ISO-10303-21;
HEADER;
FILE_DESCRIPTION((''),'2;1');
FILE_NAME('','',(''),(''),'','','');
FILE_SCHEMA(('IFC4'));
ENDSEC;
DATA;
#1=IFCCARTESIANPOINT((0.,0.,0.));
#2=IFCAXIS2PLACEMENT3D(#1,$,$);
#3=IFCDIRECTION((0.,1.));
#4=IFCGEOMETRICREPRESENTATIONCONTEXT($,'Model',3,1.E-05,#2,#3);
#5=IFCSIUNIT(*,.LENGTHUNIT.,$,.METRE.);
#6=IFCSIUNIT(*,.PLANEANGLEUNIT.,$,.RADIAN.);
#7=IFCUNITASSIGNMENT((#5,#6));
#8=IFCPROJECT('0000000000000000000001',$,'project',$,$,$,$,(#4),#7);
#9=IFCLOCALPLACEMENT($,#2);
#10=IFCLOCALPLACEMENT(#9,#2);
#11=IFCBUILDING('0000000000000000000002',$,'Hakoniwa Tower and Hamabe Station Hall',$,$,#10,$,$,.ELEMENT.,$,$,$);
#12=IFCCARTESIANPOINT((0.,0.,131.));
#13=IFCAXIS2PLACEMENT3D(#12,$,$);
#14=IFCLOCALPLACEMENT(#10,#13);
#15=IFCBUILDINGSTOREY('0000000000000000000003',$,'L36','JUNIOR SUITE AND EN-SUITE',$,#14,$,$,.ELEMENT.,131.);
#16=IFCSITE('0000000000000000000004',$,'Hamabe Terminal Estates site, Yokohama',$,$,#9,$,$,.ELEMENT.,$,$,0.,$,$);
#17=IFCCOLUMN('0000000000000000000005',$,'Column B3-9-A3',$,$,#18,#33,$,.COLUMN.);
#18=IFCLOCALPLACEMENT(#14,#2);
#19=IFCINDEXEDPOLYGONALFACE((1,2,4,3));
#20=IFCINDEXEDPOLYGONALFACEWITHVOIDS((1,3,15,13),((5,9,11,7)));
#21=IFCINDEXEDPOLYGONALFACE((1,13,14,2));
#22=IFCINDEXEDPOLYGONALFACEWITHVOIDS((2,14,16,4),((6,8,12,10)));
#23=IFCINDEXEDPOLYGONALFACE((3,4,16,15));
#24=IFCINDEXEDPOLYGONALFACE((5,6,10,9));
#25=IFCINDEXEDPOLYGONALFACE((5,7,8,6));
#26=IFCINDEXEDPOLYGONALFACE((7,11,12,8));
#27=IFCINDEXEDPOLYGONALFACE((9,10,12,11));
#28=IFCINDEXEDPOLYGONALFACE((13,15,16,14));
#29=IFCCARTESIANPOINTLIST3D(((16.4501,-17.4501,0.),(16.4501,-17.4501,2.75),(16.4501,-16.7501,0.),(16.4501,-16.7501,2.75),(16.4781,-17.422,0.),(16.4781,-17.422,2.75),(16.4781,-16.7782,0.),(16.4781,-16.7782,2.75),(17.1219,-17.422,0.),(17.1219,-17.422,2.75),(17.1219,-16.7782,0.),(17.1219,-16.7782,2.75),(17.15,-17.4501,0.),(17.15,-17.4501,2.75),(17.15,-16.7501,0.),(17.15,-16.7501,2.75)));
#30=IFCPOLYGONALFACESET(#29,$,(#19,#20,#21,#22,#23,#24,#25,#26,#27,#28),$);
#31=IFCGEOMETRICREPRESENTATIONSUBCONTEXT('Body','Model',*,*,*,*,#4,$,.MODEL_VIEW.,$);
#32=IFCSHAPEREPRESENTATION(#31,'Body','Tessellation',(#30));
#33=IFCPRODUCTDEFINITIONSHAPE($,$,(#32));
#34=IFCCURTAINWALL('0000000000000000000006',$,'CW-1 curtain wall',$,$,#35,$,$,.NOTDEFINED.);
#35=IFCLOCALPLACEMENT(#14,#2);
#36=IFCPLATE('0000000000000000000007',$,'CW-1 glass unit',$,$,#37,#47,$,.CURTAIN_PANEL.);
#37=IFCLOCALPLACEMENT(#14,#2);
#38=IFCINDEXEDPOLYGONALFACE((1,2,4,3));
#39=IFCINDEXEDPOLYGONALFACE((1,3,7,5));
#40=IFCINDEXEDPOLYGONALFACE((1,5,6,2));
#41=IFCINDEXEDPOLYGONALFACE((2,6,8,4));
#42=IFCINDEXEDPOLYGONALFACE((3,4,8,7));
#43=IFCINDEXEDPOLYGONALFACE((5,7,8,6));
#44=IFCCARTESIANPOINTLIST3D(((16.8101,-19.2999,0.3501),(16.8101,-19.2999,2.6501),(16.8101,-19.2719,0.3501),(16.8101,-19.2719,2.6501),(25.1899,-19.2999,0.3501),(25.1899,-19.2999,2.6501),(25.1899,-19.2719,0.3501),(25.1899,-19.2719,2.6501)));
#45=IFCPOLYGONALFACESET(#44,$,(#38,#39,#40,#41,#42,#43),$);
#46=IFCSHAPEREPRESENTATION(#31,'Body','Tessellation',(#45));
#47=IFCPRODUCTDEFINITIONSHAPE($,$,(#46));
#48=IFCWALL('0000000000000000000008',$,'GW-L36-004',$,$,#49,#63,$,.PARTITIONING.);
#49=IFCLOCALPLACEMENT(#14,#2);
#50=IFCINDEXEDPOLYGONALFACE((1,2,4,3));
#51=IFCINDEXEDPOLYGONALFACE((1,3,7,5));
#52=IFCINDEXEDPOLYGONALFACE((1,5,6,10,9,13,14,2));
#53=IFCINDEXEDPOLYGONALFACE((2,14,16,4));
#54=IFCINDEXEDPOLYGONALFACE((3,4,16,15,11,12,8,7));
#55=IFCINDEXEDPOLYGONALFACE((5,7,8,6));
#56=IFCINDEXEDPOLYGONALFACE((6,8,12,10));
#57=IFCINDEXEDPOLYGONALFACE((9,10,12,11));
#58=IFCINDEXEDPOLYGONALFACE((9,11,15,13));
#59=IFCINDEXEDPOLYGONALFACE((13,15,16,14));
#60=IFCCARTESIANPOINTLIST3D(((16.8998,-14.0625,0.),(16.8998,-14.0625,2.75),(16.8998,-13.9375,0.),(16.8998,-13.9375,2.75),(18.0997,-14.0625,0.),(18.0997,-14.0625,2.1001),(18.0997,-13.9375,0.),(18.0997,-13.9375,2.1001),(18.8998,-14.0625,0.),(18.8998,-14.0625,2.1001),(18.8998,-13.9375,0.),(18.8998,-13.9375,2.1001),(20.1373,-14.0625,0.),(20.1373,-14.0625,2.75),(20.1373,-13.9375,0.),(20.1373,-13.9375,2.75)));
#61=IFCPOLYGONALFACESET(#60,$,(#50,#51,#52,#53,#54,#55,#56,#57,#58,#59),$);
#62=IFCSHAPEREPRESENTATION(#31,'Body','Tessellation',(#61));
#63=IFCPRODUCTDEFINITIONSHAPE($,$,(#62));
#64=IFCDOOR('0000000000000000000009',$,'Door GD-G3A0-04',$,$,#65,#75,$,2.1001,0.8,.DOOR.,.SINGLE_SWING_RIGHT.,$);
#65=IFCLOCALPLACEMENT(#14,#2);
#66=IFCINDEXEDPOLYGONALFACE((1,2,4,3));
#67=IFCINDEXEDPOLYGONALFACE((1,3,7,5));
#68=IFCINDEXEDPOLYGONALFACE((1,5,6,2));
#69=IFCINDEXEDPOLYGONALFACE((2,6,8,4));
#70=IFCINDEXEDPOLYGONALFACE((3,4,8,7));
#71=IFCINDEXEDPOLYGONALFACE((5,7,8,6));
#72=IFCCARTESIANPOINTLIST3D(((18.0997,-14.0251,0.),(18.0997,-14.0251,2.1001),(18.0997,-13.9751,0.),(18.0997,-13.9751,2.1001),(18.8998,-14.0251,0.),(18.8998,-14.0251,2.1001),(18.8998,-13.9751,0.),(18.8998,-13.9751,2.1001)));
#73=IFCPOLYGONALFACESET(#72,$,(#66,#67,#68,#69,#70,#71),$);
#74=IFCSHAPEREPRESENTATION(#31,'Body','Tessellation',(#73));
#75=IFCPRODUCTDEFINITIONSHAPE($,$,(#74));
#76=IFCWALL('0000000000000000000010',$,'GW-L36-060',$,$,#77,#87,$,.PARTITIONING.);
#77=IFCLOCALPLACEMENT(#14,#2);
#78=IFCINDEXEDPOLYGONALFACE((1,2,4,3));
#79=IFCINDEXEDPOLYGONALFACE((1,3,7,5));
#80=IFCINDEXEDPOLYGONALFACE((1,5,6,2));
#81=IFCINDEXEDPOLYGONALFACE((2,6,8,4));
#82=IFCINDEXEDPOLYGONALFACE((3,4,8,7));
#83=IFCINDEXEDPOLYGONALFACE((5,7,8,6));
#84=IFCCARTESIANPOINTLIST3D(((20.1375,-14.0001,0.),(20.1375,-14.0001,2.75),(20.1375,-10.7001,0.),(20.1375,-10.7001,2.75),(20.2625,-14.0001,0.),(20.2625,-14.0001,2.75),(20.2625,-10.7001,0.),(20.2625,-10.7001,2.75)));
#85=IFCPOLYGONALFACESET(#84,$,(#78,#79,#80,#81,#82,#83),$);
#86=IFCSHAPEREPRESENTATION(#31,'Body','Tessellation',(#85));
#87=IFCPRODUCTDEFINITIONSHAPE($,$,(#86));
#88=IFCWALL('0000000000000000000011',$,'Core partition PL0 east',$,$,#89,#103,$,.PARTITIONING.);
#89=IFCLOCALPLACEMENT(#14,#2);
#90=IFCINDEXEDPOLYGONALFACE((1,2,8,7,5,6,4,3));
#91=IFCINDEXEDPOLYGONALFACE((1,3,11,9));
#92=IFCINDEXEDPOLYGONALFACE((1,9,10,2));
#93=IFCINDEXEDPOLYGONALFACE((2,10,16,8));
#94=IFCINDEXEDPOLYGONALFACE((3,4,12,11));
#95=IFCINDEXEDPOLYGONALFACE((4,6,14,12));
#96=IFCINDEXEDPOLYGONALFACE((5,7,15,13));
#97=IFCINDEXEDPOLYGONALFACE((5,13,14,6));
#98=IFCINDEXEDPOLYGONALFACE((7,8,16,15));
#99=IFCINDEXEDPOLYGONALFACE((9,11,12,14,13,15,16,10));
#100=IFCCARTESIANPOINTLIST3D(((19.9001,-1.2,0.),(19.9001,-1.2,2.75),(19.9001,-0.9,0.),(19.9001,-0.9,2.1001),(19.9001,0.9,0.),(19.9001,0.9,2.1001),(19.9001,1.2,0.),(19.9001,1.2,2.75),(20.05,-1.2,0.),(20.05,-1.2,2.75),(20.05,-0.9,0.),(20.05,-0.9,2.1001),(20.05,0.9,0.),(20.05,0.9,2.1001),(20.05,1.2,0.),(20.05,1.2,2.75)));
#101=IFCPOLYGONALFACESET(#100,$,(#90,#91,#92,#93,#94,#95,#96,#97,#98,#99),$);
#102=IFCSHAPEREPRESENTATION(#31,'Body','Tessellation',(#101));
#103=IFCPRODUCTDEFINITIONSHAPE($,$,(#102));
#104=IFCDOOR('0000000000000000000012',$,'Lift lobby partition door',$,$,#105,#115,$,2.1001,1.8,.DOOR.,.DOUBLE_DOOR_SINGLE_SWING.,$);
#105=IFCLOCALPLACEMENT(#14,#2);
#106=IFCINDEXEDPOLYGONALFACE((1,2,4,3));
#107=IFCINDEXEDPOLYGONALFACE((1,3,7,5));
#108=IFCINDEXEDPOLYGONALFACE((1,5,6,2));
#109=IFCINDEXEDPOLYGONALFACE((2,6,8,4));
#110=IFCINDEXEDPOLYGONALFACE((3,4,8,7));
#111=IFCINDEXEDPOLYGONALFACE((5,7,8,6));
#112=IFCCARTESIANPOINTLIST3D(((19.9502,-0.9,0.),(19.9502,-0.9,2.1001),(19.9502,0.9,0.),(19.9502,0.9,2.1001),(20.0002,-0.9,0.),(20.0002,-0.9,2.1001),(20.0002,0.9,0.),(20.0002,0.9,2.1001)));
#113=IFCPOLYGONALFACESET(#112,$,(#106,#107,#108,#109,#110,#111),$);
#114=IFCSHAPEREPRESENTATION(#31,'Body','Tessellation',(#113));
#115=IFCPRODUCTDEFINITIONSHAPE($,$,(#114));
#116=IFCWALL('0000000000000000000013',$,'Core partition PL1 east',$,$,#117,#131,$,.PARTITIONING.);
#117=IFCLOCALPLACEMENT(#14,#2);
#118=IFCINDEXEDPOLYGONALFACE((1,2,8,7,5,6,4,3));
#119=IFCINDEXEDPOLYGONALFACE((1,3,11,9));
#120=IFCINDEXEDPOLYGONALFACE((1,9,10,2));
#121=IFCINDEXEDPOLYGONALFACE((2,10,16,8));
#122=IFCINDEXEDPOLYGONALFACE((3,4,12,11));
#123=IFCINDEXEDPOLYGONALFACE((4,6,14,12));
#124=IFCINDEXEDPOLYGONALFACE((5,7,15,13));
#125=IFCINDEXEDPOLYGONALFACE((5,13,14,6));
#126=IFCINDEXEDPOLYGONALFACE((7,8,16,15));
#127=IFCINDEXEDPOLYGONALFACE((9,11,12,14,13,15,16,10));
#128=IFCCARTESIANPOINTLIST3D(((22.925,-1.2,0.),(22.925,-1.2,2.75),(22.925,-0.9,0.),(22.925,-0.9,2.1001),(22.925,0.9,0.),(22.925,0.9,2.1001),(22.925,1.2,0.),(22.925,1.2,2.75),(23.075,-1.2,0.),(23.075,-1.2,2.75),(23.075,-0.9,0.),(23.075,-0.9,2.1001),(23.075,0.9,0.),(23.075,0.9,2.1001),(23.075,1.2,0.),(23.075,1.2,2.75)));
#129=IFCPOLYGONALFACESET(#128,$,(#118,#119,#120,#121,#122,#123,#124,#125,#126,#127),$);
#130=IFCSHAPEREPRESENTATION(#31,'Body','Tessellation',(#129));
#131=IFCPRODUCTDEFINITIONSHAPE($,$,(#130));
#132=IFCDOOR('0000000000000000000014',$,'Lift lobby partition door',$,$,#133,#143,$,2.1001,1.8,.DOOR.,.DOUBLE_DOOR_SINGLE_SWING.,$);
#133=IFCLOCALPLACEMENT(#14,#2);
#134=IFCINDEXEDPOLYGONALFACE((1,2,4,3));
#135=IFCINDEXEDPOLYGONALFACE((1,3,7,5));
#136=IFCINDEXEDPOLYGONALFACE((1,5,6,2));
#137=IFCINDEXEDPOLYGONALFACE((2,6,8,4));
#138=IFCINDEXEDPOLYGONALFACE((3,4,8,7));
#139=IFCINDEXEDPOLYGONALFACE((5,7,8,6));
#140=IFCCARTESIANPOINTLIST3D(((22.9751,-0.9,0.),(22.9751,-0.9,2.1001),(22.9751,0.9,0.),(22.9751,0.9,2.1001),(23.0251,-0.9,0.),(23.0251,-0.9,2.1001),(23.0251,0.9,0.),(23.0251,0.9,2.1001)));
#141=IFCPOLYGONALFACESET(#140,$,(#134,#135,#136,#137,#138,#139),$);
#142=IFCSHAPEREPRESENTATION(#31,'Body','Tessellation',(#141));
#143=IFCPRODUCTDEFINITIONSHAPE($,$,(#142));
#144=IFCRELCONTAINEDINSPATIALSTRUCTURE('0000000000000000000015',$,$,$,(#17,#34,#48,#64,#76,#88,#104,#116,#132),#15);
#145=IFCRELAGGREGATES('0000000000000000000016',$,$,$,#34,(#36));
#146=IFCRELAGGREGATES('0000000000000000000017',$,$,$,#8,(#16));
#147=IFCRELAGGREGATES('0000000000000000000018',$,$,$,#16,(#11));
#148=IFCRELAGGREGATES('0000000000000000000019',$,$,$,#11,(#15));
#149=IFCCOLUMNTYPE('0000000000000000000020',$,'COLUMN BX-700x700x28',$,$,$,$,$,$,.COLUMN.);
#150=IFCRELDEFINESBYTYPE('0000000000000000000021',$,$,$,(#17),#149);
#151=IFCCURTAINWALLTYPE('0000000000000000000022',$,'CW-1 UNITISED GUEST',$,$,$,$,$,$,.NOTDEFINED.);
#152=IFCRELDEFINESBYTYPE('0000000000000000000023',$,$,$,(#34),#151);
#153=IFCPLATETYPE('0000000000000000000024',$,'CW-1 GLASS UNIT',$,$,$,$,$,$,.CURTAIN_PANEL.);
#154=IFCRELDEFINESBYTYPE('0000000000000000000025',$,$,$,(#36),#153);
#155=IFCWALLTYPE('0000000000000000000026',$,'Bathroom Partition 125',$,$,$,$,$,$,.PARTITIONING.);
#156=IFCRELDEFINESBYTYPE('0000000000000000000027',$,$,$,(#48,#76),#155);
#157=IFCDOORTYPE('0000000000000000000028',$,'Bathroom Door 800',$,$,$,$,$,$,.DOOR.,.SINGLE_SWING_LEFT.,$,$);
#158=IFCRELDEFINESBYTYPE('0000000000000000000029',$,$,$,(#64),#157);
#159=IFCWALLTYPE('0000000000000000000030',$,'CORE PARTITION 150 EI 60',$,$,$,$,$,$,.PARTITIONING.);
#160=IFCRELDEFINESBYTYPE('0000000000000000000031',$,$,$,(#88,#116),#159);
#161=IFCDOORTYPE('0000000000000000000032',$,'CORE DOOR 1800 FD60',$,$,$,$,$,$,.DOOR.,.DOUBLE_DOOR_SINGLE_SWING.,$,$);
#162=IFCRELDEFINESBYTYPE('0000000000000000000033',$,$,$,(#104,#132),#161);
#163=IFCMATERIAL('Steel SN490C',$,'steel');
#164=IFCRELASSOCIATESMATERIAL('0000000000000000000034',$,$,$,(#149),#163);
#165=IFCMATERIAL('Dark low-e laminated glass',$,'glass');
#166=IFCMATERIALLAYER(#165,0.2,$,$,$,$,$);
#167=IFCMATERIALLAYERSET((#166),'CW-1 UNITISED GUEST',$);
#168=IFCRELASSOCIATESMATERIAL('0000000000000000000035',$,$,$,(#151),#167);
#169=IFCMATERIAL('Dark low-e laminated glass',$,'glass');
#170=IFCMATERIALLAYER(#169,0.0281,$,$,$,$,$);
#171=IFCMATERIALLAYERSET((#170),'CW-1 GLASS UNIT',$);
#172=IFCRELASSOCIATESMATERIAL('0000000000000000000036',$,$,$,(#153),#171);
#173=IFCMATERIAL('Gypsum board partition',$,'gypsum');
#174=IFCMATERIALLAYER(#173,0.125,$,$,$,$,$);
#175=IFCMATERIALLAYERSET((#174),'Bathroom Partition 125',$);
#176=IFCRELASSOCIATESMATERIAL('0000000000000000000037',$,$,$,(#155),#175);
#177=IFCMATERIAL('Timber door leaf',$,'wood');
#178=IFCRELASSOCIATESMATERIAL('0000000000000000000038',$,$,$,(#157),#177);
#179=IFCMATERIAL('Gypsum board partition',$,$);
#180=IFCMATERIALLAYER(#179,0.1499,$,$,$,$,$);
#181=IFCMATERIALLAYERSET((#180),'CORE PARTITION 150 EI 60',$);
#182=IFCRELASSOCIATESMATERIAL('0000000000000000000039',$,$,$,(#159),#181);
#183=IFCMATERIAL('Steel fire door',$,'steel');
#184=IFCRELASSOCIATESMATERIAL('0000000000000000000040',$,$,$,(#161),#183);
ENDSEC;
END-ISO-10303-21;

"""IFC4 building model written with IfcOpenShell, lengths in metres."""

from ifc_helpers import new_model, si_unit, direction, frame, frame_2d, origin, origin_2d, place, context, subcontext, project, spatial, rectangle, hollow_rectangle, extrude, material, layer, layer_set, material_profile, profile_set, type_object, element, fill, aggregate, save


model = new_model("IFC4")

# Units and contexts
model_context = context("Model", 3, precision=1e-05, world=origin(), true_north=direction((0.0, 1.0)))
body_context = subcontext(model_context, "Body", "Model", "MODEL_VIEW")
ifc_project = project(units=[si_unit("LENGTHUNIT", "METRE"), si_unit("PLANEANGLEUNIT", "RADIAN")], contexts=[model_context])

# Site, building, storey
site_placement = place(None, origin())
site = spatial("IfcSite", under=ifc_project, at=site_placement, Name="Hamabe Terminal Estates site, Yokohama", CompositionType="ELEMENT", RefElevation=0.0)
building_placement = place(site_placement, origin())
building = spatial("IfcBuilding", under=site, at=building_placement, Name="Hakoniwa Tower and Hamabe Station Hall", CompositionType="ELEMENT")
storey_placement = place(building_placement, frame((0.0, 0.0, 131.0)))
storey = spatial("IfcBuildingStorey", under=building, at=storey_placement, Name="L36", Description="JUNIOR SUITE AND EN-SUITE", CompositionType="ELEMENT", Elevation=131.0)

# Column
ifc_material_1 = material(Name="Steel SN490C", Category="steel")
ifc_material_profile = material_profile(ifc_material_1, hollow_rectangle(XDim=0.7, YDim=0.7, WallThickness=0.0281, at=origin_2d()), Name="BX-700x700x28")
ifc_profile_set = profile_set([ifc_material_profile], Name="Steel SN490C")
column_type = type_object("IfcColumnType", Name="COLUMN BX-700x700x28", PredefinedType="COLUMN", material=ifc_profile_set)
column_placement = place(storey_placement, frame((16.8, -17.1001, 0.0), z_axis=(0.0, 0.0, 1.0), x_axis=(1.0, 0.0, 0.0)))
element("IfcColumn", 1, at=column_placement, inside=storey, type_object=column_type, Name="Column B3-9-A3", PredefinedType="COLUMN", context=body_context, shape_type="SweptSolid", body=[
    extrude(hollow_rectangle(XDim=0.7, YDim=0.7, WallThickness=0.0281, at=origin_2d()), origin(), (0.0, 0.0, 1.0), 2.75),
])

# Curtain wall, plate
ifc_material_2 = material(Name="Dark low-e laminated glass", Category="glass")
ifc_layer_1 = layer(ifc_material_2, 0.2)
ifc_layer_set_1 = layer_set([ifc_layer_1], Name="CW-1 UNITISED GUEST")
curtain_wall_type = type_object("IfcCurtainWallType", Name="CW-1 UNITISED GUEST", PredefinedType="NOTDEFINED", material=ifc_layer_set_1)
curtain_wall_placement = place(storey_placement, origin())
curtain_wall = element("IfcCurtainWall", 2, at=curtain_wall_placement, inside=storey, type_object=curtain_wall_type, Name="CW-1 curtain wall", PredefinedType="NOTDEFINED")
ifc_material_3 = material(Name="Dark low-e laminated glass", Category="glass")
ifc_layer_2 = layer(ifc_material_3, 0.0281)
ifc_layer_set_2 = layer_set([ifc_layer_2], Name="CW-1 GLASS UNIT")
plate_type = type_object("IfcPlateType", Name="CW-1 GLASS UNIT", PredefinedType="CURTAIN_PANEL", material=ifc_layer_set_2)
plate_placement = place(storey_placement, frame((21.0, -19.2859, 0.3501), z_axis=(0.0, 0.0, 1.0), x_axis=(1.0, 0.0, 0.0)))
plate = element("IfcPlate", 3, at=plate_placement, type_object=plate_type, Name="CW-1 glass unit", PredefinedType="CURTAIN_PANEL", context=body_context, shape_type="SweptSolid", body=[
    extrude(rectangle(XDim=8.3799, YDim=0.0281, at=origin_2d()), origin(), (0.0, 0.0, 1.0), 2.3),
])
aggregate(curtain_wall, [plate])

# Wall, opening, door
ifc_material_4 = material(Name="Gypsum board partition", Category="gypsum")
ifc_layer_3 = layer(ifc_material_4, 0.125)
ifc_layer_set_3 = layer_set([ifc_layer_3], Name="Bathroom Partition 125")
wall_type_1 = type_object("IfcWallType", Name="Bathroom Partition 125", PredefinedType="PARTITIONING", material=ifc_layer_set_3)
wall_1_placement = place(storey_placement, frame((16.8999, -14.0, 0.0), z_axis=(0.0, 0.0, 1.0), x_axis=(1.0, 0.0, 0.0)))
wall_1 = element("IfcWall", 4, at=wall_1_placement, inside=storey, type_object=wall_type_1, Name="GW-L36-004", PredefinedType="PARTITIONING", context=body_context, shape_type="SweptSolid", body=[
    extrude(rectangle(XDim=3.2375, YDim=0.125, at=frame_2d((1.6187, 0.0))), origin(), (0.0, 0.0, 1.0), 2.75),
])
opening_1_placement = place(wall_1_placement, frame((1.2, 0.0, 0.0)))
opening_1 = element("IfcOpeningElement", 5, at=opening_1_placement, cuts=wall_1, PredefinedType="OPENING", context=body_context, shape_type="SweptSolid", body=[
    extrude(rectangle(XDim=0.8, YDim=2.1001, at=frame_2d((0.3999, 1.05))), frame((0.0, 0.0725, 0.0), z_axis=(0.0, -1.0, 0.0), x_axis=(1.0, 0.0, 0.0)), (0.0, 0.0, 1.0), 0.145),
])
ifc_material_5 = material(Name="Timber door leaf", Category="wood")
door_type_1 = type_object("IfcDoorType", Name="Bathroom Door 800", OperationType="SINGLE_SWING_LEFT", PredefinedType="DOOR", material=ifc_material_5)
door_1_placement = place(opening_1_placement, origin())
door_1 = element("IfcDoor", 6, at=door_1_placement, inside=storey, type_object=door_type_1, Name="Door GD-G3A0-04", OperationType="SINGLE_SWING_RIGHT", OverallHeight=2.1001, OverallWidth=0.8, PredefinedType="DOOR", context=body_context, shape_type="SweptSolid", body=[
    extrude(rectangle(XDim=0.8, YDim=2.1001, at=frame_2d((0.3999, 1.05))), frame((0.0, 0.0249, 0.0), z_axis=(0.0, -1.0, 0.0), x_axis=(1.0, 0.0, 0.0)), (0.0, 0.0, 1.0), 0.05),
])
fill(opening_1, door_1)

# Wall
wall_2_placement = place(storey_placement, frame((20.2, -14.0, 0.0), z_axis=(0.0, 0.0, 1.0), x_axis=(0.0, 1.0, 0.0)))
element("IfcWall", 7, at=wall_2_placement, inside=storey, type_object=wall_type_1, Name="GW-L36-060", PredefinedType="PARTITIONING", context=body_context, shape_type="SweptSolid", body=[
    extrude(rectangle(XDim=3.3, YDim=0.125, at=frame_2d((1.6499, 0.0))), origin(), (0.0, 0.0, 1.0), 2.75),
])

# Walls, openings, doors
ifc_material_6 = material(Name="Gypsum board partition")
ifc_layer_4 = layer(ifc_material_6, 0.1499)
ifc_layer_set_4 = layer_set([ifc_layer_4], Name="CORE PARTITION 150 EI 60")
wall_type_2 = type_object("IfcWallType", Name="CORE PARTITION 150 EI 60", PredefinedType="PARTITIONING", material=ifc_layer_set_4)
wall_3_placement = place(storey_placement, frame((19.9751, -1.2, 0.0), z_axis=(0.0, 0.0, 1.0), x_axis=(0.0, 1.0, 0.0)))
wall_3 = element("IfcWall", 8, at=wall_3_placement, inside=storey, type_object=wall_type_2, Name="Core partition PL0 east", PredefinedType="PARTITIONING", context=body_context, shape_type="SweptSolid", body=[
    extrude(rectangle(XDim=2.3999, YDim=0.1499, at=frame_2d((1.2, 0.0))), origin(), (0.0, 0.0, 1.0), 2.75),
])
opening_2_placement = place(wall_3_placement, frame((0.3, 0.0, 0.0)))
opening_2 = element("IfcOpeningElement", 9, at=opening_2_placement, cuts=wall_3, PredefinedType="OPENING", context=body_context, shape_type="SweptSolid", body=[
    extrude(rectangle(XDim=1.8, YDim=2.1001, at=frame_2d((0.8999, 1.05))), frame((0.0, 0.085, 0.0), z_axis=(0.0, -1.0, 0.0), x_axis=(1.0, 0.0, 0.0)), (0.0, 0.0, 1.0), 0.1699),
])
ifc_material_7 = material(Name="Steel fire door", Category="steel")
door_type_2 = type_object("IfcDoorType", Name="CORE DOOR 1800 FD60", OperationType="DOUBLE_DOOR_SINGLE_SWING", PredefinedType="DOOR", material=ifc_material_7)
door_2_placement = place(opening_2_placement, origin())
door_2 = element("IfcDoor", 10, at=door_2_placement, inside=storey, type_object=door_type_2, Name="Lift lobby partition door", OperationType="DOUBLE_DOOR_SINGLE_SWING", OverallHeight=2.1001, OverallWidth=1.8, PredefinedType="DOOR", context=body_context, shape_type="SweptSolid", body=[
    extrude(rectangle(XDim=1.8, YDim=2.1001, at=frame_2d((0.8999, 1.05))), frame((0.0, 0.0249, 0.0), z_axis=(0.0, -1.0, 0.0), x_axis=(1.0, 0.0, 0.0)), (0.0, 0.0, 1.0), 0.05),
])
fill(opening_2, door_2)
wall_4_placement = place(storey_placement, frame((23.0, -1.2, 0.0), z_axis=(0.0, 0.0, 1.0), x_axis=(0.0, 1.0, 0.0)))
wall_4 = element("IfcWall", 11, at=wall_4_placement, inside=storey, type_object=wall_type_2, Name="Core partition PL1 east", PredefinedType="PARTITIONING", context=body_context, shape_type="SweptSolid", body=[
    extrude(rectangle(XDim=2.3999, YDim=0.1499, at=frame_2d((1.2, 0.0))), origin(), (0.0, 0.0, 1.0), 2.75),
])
opening_3_placement = place(wall_4_placement, frame((0.3, 0.0, 0.0)))
opening_3 = element("IfcOpeningElement", 12, at=opening_3_placement, cuts=wall_4, PredefinedType="OPENING", context=body_context, shape_type="SweptSolid", body=[
    extrude(rectangle(XDim=1.8, YDim=2.1001, at=frame_2d((0.8999, 1.05))), frame((0.0, 0.085, 0.0), z_axis=(0.0, -1.0, 0.0), x_axis=(1.0, 0.0, 0.0)), (0.0, 0.0, 1.0), 0.1699),
])
door_3_placement = place(opening_3_placement, origin())
door_3 = element("IfcDoor", 13, at=door_3_placement, inside=storey, type_object=door_type_2, Name="Lift lobby partition door", OperationType="DOUBLE_DOOR_SINGLE_SWING", OverallHeight=2.1001, OverallWidth=1.8, PredefinedType="DOOR", context=body_context, shape_type="SweptSolid", body=[
    extrude(rectangle(XDim=1.8, YDim=2.1001, at=frame_2d((0.8999, 1.05))), frame((0.0, 0.0249, 0.0), z_axis=(0.0, -1.0, 0.0), x_axis=(1.0, 0.0, 0.0)), (0.0, 0.0, 1.0), 0.05),
])
fill(opening_3, door_3)

save(model, "model.ifc")
